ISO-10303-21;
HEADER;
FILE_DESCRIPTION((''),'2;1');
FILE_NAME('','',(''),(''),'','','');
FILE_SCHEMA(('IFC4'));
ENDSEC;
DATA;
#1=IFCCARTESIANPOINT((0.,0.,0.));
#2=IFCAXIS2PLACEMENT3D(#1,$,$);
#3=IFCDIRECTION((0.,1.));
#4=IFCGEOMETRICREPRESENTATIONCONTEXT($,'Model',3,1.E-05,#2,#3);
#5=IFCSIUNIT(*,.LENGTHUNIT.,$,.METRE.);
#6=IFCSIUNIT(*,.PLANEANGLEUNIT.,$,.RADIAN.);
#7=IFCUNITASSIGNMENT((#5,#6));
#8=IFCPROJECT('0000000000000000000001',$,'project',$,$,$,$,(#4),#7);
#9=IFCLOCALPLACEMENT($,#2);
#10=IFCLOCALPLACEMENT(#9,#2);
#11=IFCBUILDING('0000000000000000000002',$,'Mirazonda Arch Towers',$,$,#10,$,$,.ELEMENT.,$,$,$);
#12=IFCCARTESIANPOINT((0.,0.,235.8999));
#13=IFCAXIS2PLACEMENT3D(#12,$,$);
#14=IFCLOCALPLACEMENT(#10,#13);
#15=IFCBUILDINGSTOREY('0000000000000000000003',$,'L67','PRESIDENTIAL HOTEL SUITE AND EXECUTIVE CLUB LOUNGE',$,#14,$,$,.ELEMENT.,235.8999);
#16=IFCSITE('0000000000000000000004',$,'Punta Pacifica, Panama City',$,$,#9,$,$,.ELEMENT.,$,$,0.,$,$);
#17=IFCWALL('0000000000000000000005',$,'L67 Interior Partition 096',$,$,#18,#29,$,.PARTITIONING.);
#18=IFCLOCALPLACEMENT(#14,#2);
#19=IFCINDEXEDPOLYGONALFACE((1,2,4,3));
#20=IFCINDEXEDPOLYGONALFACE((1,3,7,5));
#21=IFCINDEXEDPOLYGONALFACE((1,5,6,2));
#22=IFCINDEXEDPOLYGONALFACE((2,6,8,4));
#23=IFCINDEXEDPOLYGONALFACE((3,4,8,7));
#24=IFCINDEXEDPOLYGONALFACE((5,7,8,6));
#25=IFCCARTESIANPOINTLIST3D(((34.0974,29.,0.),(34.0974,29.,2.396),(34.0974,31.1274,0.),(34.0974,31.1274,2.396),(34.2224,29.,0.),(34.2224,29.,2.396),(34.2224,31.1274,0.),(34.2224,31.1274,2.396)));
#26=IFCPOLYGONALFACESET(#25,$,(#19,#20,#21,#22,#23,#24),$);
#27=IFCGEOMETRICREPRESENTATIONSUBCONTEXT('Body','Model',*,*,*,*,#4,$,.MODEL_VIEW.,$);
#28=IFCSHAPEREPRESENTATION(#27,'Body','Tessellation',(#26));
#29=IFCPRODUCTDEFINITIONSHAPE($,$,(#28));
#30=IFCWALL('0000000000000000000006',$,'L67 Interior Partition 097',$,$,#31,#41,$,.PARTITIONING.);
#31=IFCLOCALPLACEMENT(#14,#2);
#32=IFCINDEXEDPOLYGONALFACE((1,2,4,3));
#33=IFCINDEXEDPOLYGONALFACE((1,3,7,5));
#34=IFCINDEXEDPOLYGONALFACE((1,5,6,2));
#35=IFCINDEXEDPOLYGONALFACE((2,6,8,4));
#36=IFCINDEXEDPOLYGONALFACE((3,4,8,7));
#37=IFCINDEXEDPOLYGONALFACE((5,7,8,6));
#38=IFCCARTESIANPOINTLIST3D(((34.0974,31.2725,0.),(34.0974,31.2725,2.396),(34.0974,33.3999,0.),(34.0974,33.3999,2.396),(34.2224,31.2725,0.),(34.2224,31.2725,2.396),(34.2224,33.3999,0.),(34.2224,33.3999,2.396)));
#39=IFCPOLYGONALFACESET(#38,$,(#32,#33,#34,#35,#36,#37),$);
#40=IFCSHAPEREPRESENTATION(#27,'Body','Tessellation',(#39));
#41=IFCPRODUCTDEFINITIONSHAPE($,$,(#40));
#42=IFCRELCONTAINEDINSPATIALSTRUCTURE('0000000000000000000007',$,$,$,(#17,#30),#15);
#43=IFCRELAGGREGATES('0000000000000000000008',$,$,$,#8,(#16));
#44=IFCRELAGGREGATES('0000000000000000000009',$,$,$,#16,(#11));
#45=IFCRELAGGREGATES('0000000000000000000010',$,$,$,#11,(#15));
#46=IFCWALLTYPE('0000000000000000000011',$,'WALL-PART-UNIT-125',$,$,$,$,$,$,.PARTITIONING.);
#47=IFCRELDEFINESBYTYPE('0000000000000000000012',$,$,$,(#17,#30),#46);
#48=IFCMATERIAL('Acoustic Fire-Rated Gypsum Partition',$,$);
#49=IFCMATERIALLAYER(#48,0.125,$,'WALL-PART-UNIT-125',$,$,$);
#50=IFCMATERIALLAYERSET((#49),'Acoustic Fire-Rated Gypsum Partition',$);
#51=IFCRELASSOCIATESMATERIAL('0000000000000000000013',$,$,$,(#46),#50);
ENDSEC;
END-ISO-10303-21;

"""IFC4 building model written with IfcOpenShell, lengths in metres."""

from ifc_helpers import new_model, si_unit, direction, frame, frame_2d, origin, place, context, subcontext, project, spatial, rectangle, extrude, material, layer, layer_set, type_object, element, save


model = new_model("IFC4")

# Units and contexts
model_context = context("Model", 3, precision=1e-05, world=origin(), true_north=direction((0.0, 1.0)))
body_context = subcontext(model_context, "Body", "Model", "MODEL_VIEW")
ifc_project = project(units=[si_unit("LENGTHUNIT", "METRE"), si_unit("PLANEANGLEUNIT", "RADIAN")], contexts=[model_context])

# Site, building, storey
site_placement = place(None, origin())
site = spatial("IfcSite", under=ifc_project, at=site_placement, Name="Punta Pacifica, Panama City", CompositionType="ELEMENT", RefElevation=0.0)
building_placement = place(site_placement, origin())
building = spatial("IfcBuilding", under=site, at=building_placement, Name="Mirazonda Arch Towers", CompositionType="ELEMENT")
storey_placement = place(building_placement, frame((0.0, 0.0, 235.8999)))
storey = spatial("IfcBuildingStorey", under=building, at=storey_placement, Name="L67", Description="PRESIDENTIAL HOTEL SUITE AND EXECUTIVE CLUB LOUNGE", CompositionType="ELEMENT", Elevation=235.8999)

# Walls
ifc_material_1 = material(Name="Acoustic Fire-Rated Gypsum Partition")
ifc_layer_1 = layer(ifc_material_1, 0.125, Name="WALL-PART-UNIT-125")
ifc_layer_set_1 = layer_set([ifc_layer_1], Name="Acoustic Fire-Rated Gypsum Partition")
wall_type_1 = type_object("IfcWallType", Name="WALL-PART-UNIT-125", PredefinedType="PARTITIONING", material=ifc_layer_set_1)
for number, where, z_axis, x_axis, name in (
    (1, (34.1599, 29.0, 0.0), (0.0, 0.0, 1.0), (0.0, 1.0, 0.0), "L67 Interior Partition 096"),
    (2, (34.1599, 31.2725, 0.0), (0.0, 0.0, 1.0), (0.0, 1.0, 0.0), "L67 Interior Partition 097"),
):
    element("IfcWall", number, at=place(storey_placement, frame(where, z_axis=z_axis, x_axis=x_axis)), inside=storey, type_object=wall_type_1, Name=name, PredefinedType="PARTITIONING", context=body_context, shape_type="SweptSolid", body=[
        extrude(rectangle(XDim=2.1274, YDim=0.125, at=frame_2d((1.0637, 0.0))), origin(), (0.0, 0.0, 1.0), 2.396),
    ])

save(model, "model.ifc")
